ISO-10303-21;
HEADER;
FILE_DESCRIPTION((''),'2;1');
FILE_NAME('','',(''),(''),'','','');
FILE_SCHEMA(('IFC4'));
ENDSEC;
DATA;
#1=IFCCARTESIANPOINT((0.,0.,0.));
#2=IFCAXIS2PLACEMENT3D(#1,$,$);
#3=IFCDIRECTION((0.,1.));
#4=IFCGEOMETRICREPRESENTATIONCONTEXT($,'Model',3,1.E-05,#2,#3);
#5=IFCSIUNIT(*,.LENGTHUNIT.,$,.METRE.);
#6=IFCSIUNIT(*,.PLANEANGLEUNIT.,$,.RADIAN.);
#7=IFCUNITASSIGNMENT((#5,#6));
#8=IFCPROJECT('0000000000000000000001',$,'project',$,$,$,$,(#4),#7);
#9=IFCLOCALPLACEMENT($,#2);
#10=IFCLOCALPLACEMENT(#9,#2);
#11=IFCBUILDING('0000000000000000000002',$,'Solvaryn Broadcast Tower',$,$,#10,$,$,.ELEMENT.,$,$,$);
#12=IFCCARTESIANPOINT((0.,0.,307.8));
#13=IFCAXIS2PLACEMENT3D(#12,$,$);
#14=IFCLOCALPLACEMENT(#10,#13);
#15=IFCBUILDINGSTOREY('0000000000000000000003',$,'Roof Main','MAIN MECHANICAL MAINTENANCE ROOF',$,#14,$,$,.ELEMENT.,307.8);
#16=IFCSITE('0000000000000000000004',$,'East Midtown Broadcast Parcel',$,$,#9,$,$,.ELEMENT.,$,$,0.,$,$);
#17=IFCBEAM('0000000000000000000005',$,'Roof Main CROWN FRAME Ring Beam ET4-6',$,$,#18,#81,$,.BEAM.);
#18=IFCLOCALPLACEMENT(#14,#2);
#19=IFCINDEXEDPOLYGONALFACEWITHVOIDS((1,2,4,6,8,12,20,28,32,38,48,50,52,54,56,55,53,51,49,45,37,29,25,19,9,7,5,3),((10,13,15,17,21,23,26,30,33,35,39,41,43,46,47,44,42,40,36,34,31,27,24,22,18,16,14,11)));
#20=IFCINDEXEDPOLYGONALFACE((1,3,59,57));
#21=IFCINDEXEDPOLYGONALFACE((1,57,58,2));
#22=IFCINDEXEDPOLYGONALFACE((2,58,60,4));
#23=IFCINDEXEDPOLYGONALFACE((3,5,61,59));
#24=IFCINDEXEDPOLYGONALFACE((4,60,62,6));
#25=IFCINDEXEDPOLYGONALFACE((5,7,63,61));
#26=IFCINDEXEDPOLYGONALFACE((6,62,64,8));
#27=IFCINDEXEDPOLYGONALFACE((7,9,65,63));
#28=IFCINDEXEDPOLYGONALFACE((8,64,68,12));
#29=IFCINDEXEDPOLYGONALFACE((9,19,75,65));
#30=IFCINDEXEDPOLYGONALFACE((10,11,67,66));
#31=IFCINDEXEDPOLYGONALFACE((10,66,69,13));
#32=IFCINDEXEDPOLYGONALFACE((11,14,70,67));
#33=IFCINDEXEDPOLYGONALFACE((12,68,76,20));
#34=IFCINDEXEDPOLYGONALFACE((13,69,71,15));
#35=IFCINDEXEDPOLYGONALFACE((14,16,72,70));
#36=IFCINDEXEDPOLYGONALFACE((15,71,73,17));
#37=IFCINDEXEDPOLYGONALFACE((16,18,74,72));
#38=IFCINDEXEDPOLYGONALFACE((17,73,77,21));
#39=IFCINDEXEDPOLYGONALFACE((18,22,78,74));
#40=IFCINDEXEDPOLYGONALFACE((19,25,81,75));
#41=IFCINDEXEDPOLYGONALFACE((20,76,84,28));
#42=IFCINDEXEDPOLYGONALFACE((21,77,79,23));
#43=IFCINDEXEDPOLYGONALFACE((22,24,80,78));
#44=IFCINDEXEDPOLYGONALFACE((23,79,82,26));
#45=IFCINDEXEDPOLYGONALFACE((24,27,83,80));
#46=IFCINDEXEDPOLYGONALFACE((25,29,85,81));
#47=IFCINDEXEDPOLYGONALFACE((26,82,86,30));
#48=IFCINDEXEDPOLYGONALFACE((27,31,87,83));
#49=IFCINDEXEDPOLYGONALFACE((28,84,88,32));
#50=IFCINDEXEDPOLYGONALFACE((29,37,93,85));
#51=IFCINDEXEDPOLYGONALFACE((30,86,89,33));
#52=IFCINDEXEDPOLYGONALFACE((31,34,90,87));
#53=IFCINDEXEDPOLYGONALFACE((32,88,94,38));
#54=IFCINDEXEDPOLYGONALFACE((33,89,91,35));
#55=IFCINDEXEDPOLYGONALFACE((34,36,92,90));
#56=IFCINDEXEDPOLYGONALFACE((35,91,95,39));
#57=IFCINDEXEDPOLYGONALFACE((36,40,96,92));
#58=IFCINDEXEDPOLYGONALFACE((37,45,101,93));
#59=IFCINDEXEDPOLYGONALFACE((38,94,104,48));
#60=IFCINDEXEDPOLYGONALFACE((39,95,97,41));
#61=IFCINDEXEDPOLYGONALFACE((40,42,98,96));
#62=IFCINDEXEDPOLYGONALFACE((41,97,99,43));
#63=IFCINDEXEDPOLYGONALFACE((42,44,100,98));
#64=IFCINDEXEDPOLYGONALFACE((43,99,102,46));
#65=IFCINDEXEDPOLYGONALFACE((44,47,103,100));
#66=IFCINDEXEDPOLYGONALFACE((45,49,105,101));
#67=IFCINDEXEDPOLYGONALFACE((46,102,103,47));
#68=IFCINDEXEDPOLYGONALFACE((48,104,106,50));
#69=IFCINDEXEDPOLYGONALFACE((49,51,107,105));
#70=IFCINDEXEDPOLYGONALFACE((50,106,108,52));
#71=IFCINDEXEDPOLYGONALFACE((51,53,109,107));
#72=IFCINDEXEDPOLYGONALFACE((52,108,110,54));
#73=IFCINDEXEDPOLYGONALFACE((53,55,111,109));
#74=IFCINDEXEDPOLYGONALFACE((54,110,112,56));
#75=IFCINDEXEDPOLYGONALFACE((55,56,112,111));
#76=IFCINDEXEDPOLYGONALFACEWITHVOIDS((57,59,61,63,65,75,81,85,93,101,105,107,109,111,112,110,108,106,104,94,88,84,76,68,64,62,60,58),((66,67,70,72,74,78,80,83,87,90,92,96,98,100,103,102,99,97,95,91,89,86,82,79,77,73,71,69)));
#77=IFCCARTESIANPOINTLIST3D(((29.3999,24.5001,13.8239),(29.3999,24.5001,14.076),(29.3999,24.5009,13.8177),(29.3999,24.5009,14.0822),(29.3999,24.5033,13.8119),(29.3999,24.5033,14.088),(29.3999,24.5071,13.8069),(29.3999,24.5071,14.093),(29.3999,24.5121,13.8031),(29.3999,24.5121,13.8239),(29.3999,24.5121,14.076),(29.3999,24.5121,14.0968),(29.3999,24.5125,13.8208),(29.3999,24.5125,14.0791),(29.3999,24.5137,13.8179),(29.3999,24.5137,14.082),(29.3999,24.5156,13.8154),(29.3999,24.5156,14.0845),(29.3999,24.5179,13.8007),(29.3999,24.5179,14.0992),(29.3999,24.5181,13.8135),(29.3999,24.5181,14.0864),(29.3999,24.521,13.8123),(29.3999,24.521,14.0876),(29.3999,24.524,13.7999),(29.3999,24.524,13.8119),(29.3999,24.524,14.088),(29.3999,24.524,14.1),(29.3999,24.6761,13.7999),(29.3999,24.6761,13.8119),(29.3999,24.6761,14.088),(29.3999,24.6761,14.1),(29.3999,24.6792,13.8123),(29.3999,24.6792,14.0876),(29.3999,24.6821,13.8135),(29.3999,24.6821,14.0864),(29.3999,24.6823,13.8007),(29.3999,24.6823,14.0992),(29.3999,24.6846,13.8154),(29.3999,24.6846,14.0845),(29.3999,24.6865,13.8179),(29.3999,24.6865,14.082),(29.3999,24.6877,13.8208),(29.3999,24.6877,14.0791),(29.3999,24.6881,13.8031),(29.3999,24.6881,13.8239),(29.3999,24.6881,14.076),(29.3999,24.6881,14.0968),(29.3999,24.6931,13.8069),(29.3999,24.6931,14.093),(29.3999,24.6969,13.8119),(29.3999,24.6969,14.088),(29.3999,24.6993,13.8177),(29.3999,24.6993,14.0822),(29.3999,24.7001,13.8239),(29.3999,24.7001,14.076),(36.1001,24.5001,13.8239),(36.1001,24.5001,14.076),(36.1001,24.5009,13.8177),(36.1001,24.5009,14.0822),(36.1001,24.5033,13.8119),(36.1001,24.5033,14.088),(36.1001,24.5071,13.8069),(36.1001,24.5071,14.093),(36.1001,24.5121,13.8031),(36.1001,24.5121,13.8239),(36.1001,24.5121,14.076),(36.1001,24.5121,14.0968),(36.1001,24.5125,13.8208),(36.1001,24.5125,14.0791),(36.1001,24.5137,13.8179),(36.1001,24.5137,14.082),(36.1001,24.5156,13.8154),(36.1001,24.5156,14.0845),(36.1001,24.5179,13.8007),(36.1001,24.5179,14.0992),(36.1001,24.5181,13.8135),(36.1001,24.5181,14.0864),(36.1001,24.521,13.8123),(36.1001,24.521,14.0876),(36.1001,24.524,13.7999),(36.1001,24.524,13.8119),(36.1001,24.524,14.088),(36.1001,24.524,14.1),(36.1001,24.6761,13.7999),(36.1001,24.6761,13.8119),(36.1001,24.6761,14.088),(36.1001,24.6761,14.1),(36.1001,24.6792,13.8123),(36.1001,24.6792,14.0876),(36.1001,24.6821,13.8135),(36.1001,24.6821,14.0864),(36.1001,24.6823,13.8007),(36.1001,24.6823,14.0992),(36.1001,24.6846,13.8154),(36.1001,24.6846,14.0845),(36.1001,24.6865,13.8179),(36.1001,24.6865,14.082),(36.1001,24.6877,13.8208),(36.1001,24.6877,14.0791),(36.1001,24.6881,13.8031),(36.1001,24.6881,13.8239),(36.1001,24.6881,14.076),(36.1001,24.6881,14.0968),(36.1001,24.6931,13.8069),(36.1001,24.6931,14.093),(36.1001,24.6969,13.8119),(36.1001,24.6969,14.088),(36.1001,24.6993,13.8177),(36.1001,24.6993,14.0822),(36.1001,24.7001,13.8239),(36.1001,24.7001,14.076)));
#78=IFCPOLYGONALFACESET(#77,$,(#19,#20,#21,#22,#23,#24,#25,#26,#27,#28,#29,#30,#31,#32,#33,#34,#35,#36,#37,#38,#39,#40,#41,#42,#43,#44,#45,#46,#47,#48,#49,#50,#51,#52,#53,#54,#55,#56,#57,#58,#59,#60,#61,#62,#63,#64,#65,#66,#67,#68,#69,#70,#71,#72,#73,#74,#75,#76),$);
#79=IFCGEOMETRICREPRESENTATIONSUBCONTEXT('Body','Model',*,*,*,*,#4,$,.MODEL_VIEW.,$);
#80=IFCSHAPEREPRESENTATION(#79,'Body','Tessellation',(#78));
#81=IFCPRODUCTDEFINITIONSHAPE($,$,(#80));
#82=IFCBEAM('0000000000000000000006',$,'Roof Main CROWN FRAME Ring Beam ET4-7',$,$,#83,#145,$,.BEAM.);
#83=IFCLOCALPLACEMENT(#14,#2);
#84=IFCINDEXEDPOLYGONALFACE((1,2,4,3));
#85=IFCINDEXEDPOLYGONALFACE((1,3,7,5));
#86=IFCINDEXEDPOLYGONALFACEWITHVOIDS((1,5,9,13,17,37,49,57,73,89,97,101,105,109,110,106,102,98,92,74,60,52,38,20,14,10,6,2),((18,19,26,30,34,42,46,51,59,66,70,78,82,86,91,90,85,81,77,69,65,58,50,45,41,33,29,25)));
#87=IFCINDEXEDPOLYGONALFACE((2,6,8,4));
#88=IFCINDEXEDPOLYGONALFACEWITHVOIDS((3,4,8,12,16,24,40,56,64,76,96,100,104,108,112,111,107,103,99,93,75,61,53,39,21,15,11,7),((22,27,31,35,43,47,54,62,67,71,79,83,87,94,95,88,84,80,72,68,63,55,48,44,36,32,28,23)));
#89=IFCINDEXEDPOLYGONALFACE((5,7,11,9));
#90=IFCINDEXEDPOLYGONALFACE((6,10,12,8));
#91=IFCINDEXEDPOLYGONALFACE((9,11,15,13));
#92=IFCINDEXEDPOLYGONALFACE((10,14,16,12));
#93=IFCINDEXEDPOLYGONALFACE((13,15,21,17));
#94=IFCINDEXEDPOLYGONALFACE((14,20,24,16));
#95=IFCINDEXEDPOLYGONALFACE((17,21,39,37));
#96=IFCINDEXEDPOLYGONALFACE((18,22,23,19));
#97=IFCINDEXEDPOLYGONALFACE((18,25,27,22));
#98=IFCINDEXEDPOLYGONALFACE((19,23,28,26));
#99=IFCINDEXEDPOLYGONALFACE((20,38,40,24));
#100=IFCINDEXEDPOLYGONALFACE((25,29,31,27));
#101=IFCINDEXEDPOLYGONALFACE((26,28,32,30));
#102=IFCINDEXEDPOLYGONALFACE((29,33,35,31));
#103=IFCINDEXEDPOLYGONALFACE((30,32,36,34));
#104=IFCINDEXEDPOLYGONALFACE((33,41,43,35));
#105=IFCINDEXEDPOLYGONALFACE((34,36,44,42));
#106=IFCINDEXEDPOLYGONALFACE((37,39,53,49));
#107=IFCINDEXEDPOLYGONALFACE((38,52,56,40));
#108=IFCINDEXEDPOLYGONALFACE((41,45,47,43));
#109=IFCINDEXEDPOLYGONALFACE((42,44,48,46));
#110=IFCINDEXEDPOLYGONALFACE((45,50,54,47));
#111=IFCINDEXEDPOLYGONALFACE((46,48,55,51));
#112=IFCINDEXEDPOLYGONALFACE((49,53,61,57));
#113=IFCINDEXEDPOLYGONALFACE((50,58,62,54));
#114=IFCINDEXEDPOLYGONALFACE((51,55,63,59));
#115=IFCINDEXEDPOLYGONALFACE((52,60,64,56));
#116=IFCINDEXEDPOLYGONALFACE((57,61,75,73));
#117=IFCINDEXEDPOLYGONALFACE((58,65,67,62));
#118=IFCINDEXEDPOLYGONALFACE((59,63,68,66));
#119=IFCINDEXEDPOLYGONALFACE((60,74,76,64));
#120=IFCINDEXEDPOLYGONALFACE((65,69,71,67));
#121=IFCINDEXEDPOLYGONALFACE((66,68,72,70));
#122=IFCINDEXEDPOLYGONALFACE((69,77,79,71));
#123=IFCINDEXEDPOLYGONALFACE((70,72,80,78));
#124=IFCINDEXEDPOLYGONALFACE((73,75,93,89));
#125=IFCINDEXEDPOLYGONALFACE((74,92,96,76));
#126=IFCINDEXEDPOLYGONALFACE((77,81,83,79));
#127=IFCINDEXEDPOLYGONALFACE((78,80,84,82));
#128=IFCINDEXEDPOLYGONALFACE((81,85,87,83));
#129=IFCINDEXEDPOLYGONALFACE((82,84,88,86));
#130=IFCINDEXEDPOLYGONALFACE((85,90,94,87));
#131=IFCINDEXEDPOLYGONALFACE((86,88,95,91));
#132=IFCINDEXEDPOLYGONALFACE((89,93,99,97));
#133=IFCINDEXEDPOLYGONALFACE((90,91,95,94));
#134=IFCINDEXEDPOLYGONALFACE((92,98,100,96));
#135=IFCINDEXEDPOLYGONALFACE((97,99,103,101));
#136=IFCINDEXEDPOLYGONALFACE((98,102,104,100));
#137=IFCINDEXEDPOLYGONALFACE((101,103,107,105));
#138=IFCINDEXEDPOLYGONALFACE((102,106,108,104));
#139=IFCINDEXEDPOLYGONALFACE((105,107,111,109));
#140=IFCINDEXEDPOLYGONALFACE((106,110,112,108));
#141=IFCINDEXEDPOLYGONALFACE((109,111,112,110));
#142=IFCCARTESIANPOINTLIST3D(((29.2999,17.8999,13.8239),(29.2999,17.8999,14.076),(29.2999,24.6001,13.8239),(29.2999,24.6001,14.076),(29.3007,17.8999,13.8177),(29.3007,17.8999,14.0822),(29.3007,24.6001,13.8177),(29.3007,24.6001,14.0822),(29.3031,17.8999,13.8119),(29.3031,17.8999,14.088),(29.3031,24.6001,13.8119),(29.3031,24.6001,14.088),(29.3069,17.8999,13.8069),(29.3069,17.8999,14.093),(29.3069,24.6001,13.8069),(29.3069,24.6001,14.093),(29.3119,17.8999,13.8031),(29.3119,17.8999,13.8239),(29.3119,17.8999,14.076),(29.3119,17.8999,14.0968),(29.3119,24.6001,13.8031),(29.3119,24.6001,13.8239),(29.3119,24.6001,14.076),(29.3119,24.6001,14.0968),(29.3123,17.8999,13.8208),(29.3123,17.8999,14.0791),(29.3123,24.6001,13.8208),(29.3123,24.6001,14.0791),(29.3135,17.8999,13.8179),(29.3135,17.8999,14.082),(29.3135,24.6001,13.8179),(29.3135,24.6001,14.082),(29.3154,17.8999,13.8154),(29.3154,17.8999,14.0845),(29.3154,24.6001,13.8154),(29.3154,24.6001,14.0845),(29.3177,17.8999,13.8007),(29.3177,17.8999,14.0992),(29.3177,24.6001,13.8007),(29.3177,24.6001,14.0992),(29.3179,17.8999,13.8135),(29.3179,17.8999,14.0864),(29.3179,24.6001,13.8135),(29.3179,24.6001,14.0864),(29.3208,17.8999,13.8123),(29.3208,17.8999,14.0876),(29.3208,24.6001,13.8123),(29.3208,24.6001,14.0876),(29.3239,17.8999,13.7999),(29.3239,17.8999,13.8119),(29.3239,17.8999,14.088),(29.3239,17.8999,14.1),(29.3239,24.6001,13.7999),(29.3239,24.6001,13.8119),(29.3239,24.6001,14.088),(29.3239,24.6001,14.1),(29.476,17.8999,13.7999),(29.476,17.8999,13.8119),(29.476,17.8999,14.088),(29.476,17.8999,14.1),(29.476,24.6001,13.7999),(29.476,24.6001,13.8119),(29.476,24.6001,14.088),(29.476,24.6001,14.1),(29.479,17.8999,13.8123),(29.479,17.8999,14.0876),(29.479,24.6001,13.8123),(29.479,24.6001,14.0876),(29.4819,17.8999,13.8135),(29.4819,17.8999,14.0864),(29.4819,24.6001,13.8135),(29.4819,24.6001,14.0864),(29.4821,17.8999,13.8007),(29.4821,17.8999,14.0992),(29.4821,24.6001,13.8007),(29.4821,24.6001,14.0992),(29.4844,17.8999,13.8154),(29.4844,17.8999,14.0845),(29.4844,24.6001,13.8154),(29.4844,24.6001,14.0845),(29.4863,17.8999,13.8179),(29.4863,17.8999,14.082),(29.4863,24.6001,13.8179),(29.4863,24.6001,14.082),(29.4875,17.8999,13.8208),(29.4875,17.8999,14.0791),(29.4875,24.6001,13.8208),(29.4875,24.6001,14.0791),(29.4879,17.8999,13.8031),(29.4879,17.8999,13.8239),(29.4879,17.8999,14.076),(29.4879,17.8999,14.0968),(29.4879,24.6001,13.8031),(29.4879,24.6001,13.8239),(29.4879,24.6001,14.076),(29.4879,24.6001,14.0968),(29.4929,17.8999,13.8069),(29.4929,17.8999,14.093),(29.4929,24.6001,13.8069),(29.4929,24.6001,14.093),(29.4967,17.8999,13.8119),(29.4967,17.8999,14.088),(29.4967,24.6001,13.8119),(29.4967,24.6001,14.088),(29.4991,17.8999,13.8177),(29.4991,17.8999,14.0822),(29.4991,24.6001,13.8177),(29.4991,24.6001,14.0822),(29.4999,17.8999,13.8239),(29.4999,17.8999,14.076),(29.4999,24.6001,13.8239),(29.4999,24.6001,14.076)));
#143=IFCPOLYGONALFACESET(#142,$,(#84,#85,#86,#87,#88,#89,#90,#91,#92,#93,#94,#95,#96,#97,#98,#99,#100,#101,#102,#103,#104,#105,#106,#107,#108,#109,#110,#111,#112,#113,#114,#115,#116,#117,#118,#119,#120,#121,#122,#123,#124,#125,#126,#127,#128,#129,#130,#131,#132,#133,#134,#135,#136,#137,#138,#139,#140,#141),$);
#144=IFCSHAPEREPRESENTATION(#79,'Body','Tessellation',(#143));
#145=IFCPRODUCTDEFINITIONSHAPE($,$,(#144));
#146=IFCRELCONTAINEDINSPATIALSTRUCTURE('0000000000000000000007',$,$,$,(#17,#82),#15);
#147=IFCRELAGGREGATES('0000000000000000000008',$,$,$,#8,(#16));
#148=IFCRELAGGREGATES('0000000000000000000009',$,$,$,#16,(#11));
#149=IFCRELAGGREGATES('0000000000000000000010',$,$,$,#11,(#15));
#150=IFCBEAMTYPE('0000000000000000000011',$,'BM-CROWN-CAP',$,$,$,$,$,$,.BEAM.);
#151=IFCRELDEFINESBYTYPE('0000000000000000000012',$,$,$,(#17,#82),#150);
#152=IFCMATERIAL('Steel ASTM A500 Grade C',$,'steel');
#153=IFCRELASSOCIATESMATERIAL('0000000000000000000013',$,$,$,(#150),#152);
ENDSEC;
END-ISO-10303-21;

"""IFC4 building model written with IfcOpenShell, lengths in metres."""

from ifc_helpers import new_model, si_unit, direction, frame, origin, origin_2d, place, context, subcontext, project, spatial, hollow_rectangle, extrude, material, material_profile, profile_set, type_object, element, save


model = new_model("IFC4")

# Units and contexts
model_context = context("Model", 3, precision=1e-05, world=origin(), true_north=direction((0.0, 1.0)))
body_context = subcontext(model_context, "Body", "Model", "MODEL_VIEW")
ifc_project = project(units=[si_unit("LENGTHUNIT", "METRE"), si_unit("PLANEANGLEUNIT", "RADIAN")], contexts=[model_context])

# Site, building, storey
site_placement = place(None, origin())
site = spatial("IfcSite", under=ifc_project, at=site_placement, Name="East Midtown Broadcast Parcel", CompositionType="ELEMENT", RefElevation=0.0)
building_placement = place(site_placement, origin())
building = spatial("IfcBuilding", under=site, at=building_placement, Name="Solvaryn Broadcast Tower", CompositionType="ELEMENT")
storey_placement = place(building_placement, frame((0.0, 0.0, 307.8)))
storey = spatial("IfcBuildingStorey", under=building, at=storey_placement, Name="Roof Main", Description="MAIN MECHANICAL MAINTENANCE ROOF", CompositionType="ELEMENT", Elevation=307.8)

# Beams
ifc_material_1 = material(Name="Steel ASTM A500 Grade C", Category="steel")
ifc_material_profile_1 = material_profile(ifc_material_1, hollow_rectangle(XDim=0.2, YDim=0.3, WallThickness=0.012, InnerFilletRadius=0.012, OuterFilletRadius=0.0239, at=origin_2d()))
ifc_profile_set_1 = profile_set([ifc_material_profile_1], Name="Steel ASTM A500 Grade C")
beam_type_1 = type_object("IfcBeamType", Name="BM-CROWN-CAP", PredefinedType="BEAM", material=ifc_profile_set_1)
for number, where, z_axis, x_axis, name in (
    (1, (36.1001, 24.6001, 13.95), (-1.0, 0.0, 0.0), (0.0, -1.0, 0.0), "Roof Main CROWN FRAME Ring Beam ET4-6"),
    (2, (29.3999, 24.6001, 13.95), (0.0, -1.0, 0.0), (1.0, 0.0, 0.0), "Roof Main CROWN FRAME Ring Beam ET4-7"),
):
    element("IfcBeam", number, at=place(storey_placement, frame(where, z_axis=z_axis, x_axis=x_axis)), inside=storey, type_object=beam_type_1, Name=name, PredefinedType="BEAM", context=body_context, shape_type="SweptSolid", body=[
        extrude(hollow_rectangle(XDim=0.2, YDim=0.3, WallThickness=0.012, InnerFilletRadius=0.012, OuterFilletRadius=0.0239, at=origin_2d()), origin(), (0.0, 0.0, 1.0), 6.7002),
    ])

save(model, "model.ifc")
